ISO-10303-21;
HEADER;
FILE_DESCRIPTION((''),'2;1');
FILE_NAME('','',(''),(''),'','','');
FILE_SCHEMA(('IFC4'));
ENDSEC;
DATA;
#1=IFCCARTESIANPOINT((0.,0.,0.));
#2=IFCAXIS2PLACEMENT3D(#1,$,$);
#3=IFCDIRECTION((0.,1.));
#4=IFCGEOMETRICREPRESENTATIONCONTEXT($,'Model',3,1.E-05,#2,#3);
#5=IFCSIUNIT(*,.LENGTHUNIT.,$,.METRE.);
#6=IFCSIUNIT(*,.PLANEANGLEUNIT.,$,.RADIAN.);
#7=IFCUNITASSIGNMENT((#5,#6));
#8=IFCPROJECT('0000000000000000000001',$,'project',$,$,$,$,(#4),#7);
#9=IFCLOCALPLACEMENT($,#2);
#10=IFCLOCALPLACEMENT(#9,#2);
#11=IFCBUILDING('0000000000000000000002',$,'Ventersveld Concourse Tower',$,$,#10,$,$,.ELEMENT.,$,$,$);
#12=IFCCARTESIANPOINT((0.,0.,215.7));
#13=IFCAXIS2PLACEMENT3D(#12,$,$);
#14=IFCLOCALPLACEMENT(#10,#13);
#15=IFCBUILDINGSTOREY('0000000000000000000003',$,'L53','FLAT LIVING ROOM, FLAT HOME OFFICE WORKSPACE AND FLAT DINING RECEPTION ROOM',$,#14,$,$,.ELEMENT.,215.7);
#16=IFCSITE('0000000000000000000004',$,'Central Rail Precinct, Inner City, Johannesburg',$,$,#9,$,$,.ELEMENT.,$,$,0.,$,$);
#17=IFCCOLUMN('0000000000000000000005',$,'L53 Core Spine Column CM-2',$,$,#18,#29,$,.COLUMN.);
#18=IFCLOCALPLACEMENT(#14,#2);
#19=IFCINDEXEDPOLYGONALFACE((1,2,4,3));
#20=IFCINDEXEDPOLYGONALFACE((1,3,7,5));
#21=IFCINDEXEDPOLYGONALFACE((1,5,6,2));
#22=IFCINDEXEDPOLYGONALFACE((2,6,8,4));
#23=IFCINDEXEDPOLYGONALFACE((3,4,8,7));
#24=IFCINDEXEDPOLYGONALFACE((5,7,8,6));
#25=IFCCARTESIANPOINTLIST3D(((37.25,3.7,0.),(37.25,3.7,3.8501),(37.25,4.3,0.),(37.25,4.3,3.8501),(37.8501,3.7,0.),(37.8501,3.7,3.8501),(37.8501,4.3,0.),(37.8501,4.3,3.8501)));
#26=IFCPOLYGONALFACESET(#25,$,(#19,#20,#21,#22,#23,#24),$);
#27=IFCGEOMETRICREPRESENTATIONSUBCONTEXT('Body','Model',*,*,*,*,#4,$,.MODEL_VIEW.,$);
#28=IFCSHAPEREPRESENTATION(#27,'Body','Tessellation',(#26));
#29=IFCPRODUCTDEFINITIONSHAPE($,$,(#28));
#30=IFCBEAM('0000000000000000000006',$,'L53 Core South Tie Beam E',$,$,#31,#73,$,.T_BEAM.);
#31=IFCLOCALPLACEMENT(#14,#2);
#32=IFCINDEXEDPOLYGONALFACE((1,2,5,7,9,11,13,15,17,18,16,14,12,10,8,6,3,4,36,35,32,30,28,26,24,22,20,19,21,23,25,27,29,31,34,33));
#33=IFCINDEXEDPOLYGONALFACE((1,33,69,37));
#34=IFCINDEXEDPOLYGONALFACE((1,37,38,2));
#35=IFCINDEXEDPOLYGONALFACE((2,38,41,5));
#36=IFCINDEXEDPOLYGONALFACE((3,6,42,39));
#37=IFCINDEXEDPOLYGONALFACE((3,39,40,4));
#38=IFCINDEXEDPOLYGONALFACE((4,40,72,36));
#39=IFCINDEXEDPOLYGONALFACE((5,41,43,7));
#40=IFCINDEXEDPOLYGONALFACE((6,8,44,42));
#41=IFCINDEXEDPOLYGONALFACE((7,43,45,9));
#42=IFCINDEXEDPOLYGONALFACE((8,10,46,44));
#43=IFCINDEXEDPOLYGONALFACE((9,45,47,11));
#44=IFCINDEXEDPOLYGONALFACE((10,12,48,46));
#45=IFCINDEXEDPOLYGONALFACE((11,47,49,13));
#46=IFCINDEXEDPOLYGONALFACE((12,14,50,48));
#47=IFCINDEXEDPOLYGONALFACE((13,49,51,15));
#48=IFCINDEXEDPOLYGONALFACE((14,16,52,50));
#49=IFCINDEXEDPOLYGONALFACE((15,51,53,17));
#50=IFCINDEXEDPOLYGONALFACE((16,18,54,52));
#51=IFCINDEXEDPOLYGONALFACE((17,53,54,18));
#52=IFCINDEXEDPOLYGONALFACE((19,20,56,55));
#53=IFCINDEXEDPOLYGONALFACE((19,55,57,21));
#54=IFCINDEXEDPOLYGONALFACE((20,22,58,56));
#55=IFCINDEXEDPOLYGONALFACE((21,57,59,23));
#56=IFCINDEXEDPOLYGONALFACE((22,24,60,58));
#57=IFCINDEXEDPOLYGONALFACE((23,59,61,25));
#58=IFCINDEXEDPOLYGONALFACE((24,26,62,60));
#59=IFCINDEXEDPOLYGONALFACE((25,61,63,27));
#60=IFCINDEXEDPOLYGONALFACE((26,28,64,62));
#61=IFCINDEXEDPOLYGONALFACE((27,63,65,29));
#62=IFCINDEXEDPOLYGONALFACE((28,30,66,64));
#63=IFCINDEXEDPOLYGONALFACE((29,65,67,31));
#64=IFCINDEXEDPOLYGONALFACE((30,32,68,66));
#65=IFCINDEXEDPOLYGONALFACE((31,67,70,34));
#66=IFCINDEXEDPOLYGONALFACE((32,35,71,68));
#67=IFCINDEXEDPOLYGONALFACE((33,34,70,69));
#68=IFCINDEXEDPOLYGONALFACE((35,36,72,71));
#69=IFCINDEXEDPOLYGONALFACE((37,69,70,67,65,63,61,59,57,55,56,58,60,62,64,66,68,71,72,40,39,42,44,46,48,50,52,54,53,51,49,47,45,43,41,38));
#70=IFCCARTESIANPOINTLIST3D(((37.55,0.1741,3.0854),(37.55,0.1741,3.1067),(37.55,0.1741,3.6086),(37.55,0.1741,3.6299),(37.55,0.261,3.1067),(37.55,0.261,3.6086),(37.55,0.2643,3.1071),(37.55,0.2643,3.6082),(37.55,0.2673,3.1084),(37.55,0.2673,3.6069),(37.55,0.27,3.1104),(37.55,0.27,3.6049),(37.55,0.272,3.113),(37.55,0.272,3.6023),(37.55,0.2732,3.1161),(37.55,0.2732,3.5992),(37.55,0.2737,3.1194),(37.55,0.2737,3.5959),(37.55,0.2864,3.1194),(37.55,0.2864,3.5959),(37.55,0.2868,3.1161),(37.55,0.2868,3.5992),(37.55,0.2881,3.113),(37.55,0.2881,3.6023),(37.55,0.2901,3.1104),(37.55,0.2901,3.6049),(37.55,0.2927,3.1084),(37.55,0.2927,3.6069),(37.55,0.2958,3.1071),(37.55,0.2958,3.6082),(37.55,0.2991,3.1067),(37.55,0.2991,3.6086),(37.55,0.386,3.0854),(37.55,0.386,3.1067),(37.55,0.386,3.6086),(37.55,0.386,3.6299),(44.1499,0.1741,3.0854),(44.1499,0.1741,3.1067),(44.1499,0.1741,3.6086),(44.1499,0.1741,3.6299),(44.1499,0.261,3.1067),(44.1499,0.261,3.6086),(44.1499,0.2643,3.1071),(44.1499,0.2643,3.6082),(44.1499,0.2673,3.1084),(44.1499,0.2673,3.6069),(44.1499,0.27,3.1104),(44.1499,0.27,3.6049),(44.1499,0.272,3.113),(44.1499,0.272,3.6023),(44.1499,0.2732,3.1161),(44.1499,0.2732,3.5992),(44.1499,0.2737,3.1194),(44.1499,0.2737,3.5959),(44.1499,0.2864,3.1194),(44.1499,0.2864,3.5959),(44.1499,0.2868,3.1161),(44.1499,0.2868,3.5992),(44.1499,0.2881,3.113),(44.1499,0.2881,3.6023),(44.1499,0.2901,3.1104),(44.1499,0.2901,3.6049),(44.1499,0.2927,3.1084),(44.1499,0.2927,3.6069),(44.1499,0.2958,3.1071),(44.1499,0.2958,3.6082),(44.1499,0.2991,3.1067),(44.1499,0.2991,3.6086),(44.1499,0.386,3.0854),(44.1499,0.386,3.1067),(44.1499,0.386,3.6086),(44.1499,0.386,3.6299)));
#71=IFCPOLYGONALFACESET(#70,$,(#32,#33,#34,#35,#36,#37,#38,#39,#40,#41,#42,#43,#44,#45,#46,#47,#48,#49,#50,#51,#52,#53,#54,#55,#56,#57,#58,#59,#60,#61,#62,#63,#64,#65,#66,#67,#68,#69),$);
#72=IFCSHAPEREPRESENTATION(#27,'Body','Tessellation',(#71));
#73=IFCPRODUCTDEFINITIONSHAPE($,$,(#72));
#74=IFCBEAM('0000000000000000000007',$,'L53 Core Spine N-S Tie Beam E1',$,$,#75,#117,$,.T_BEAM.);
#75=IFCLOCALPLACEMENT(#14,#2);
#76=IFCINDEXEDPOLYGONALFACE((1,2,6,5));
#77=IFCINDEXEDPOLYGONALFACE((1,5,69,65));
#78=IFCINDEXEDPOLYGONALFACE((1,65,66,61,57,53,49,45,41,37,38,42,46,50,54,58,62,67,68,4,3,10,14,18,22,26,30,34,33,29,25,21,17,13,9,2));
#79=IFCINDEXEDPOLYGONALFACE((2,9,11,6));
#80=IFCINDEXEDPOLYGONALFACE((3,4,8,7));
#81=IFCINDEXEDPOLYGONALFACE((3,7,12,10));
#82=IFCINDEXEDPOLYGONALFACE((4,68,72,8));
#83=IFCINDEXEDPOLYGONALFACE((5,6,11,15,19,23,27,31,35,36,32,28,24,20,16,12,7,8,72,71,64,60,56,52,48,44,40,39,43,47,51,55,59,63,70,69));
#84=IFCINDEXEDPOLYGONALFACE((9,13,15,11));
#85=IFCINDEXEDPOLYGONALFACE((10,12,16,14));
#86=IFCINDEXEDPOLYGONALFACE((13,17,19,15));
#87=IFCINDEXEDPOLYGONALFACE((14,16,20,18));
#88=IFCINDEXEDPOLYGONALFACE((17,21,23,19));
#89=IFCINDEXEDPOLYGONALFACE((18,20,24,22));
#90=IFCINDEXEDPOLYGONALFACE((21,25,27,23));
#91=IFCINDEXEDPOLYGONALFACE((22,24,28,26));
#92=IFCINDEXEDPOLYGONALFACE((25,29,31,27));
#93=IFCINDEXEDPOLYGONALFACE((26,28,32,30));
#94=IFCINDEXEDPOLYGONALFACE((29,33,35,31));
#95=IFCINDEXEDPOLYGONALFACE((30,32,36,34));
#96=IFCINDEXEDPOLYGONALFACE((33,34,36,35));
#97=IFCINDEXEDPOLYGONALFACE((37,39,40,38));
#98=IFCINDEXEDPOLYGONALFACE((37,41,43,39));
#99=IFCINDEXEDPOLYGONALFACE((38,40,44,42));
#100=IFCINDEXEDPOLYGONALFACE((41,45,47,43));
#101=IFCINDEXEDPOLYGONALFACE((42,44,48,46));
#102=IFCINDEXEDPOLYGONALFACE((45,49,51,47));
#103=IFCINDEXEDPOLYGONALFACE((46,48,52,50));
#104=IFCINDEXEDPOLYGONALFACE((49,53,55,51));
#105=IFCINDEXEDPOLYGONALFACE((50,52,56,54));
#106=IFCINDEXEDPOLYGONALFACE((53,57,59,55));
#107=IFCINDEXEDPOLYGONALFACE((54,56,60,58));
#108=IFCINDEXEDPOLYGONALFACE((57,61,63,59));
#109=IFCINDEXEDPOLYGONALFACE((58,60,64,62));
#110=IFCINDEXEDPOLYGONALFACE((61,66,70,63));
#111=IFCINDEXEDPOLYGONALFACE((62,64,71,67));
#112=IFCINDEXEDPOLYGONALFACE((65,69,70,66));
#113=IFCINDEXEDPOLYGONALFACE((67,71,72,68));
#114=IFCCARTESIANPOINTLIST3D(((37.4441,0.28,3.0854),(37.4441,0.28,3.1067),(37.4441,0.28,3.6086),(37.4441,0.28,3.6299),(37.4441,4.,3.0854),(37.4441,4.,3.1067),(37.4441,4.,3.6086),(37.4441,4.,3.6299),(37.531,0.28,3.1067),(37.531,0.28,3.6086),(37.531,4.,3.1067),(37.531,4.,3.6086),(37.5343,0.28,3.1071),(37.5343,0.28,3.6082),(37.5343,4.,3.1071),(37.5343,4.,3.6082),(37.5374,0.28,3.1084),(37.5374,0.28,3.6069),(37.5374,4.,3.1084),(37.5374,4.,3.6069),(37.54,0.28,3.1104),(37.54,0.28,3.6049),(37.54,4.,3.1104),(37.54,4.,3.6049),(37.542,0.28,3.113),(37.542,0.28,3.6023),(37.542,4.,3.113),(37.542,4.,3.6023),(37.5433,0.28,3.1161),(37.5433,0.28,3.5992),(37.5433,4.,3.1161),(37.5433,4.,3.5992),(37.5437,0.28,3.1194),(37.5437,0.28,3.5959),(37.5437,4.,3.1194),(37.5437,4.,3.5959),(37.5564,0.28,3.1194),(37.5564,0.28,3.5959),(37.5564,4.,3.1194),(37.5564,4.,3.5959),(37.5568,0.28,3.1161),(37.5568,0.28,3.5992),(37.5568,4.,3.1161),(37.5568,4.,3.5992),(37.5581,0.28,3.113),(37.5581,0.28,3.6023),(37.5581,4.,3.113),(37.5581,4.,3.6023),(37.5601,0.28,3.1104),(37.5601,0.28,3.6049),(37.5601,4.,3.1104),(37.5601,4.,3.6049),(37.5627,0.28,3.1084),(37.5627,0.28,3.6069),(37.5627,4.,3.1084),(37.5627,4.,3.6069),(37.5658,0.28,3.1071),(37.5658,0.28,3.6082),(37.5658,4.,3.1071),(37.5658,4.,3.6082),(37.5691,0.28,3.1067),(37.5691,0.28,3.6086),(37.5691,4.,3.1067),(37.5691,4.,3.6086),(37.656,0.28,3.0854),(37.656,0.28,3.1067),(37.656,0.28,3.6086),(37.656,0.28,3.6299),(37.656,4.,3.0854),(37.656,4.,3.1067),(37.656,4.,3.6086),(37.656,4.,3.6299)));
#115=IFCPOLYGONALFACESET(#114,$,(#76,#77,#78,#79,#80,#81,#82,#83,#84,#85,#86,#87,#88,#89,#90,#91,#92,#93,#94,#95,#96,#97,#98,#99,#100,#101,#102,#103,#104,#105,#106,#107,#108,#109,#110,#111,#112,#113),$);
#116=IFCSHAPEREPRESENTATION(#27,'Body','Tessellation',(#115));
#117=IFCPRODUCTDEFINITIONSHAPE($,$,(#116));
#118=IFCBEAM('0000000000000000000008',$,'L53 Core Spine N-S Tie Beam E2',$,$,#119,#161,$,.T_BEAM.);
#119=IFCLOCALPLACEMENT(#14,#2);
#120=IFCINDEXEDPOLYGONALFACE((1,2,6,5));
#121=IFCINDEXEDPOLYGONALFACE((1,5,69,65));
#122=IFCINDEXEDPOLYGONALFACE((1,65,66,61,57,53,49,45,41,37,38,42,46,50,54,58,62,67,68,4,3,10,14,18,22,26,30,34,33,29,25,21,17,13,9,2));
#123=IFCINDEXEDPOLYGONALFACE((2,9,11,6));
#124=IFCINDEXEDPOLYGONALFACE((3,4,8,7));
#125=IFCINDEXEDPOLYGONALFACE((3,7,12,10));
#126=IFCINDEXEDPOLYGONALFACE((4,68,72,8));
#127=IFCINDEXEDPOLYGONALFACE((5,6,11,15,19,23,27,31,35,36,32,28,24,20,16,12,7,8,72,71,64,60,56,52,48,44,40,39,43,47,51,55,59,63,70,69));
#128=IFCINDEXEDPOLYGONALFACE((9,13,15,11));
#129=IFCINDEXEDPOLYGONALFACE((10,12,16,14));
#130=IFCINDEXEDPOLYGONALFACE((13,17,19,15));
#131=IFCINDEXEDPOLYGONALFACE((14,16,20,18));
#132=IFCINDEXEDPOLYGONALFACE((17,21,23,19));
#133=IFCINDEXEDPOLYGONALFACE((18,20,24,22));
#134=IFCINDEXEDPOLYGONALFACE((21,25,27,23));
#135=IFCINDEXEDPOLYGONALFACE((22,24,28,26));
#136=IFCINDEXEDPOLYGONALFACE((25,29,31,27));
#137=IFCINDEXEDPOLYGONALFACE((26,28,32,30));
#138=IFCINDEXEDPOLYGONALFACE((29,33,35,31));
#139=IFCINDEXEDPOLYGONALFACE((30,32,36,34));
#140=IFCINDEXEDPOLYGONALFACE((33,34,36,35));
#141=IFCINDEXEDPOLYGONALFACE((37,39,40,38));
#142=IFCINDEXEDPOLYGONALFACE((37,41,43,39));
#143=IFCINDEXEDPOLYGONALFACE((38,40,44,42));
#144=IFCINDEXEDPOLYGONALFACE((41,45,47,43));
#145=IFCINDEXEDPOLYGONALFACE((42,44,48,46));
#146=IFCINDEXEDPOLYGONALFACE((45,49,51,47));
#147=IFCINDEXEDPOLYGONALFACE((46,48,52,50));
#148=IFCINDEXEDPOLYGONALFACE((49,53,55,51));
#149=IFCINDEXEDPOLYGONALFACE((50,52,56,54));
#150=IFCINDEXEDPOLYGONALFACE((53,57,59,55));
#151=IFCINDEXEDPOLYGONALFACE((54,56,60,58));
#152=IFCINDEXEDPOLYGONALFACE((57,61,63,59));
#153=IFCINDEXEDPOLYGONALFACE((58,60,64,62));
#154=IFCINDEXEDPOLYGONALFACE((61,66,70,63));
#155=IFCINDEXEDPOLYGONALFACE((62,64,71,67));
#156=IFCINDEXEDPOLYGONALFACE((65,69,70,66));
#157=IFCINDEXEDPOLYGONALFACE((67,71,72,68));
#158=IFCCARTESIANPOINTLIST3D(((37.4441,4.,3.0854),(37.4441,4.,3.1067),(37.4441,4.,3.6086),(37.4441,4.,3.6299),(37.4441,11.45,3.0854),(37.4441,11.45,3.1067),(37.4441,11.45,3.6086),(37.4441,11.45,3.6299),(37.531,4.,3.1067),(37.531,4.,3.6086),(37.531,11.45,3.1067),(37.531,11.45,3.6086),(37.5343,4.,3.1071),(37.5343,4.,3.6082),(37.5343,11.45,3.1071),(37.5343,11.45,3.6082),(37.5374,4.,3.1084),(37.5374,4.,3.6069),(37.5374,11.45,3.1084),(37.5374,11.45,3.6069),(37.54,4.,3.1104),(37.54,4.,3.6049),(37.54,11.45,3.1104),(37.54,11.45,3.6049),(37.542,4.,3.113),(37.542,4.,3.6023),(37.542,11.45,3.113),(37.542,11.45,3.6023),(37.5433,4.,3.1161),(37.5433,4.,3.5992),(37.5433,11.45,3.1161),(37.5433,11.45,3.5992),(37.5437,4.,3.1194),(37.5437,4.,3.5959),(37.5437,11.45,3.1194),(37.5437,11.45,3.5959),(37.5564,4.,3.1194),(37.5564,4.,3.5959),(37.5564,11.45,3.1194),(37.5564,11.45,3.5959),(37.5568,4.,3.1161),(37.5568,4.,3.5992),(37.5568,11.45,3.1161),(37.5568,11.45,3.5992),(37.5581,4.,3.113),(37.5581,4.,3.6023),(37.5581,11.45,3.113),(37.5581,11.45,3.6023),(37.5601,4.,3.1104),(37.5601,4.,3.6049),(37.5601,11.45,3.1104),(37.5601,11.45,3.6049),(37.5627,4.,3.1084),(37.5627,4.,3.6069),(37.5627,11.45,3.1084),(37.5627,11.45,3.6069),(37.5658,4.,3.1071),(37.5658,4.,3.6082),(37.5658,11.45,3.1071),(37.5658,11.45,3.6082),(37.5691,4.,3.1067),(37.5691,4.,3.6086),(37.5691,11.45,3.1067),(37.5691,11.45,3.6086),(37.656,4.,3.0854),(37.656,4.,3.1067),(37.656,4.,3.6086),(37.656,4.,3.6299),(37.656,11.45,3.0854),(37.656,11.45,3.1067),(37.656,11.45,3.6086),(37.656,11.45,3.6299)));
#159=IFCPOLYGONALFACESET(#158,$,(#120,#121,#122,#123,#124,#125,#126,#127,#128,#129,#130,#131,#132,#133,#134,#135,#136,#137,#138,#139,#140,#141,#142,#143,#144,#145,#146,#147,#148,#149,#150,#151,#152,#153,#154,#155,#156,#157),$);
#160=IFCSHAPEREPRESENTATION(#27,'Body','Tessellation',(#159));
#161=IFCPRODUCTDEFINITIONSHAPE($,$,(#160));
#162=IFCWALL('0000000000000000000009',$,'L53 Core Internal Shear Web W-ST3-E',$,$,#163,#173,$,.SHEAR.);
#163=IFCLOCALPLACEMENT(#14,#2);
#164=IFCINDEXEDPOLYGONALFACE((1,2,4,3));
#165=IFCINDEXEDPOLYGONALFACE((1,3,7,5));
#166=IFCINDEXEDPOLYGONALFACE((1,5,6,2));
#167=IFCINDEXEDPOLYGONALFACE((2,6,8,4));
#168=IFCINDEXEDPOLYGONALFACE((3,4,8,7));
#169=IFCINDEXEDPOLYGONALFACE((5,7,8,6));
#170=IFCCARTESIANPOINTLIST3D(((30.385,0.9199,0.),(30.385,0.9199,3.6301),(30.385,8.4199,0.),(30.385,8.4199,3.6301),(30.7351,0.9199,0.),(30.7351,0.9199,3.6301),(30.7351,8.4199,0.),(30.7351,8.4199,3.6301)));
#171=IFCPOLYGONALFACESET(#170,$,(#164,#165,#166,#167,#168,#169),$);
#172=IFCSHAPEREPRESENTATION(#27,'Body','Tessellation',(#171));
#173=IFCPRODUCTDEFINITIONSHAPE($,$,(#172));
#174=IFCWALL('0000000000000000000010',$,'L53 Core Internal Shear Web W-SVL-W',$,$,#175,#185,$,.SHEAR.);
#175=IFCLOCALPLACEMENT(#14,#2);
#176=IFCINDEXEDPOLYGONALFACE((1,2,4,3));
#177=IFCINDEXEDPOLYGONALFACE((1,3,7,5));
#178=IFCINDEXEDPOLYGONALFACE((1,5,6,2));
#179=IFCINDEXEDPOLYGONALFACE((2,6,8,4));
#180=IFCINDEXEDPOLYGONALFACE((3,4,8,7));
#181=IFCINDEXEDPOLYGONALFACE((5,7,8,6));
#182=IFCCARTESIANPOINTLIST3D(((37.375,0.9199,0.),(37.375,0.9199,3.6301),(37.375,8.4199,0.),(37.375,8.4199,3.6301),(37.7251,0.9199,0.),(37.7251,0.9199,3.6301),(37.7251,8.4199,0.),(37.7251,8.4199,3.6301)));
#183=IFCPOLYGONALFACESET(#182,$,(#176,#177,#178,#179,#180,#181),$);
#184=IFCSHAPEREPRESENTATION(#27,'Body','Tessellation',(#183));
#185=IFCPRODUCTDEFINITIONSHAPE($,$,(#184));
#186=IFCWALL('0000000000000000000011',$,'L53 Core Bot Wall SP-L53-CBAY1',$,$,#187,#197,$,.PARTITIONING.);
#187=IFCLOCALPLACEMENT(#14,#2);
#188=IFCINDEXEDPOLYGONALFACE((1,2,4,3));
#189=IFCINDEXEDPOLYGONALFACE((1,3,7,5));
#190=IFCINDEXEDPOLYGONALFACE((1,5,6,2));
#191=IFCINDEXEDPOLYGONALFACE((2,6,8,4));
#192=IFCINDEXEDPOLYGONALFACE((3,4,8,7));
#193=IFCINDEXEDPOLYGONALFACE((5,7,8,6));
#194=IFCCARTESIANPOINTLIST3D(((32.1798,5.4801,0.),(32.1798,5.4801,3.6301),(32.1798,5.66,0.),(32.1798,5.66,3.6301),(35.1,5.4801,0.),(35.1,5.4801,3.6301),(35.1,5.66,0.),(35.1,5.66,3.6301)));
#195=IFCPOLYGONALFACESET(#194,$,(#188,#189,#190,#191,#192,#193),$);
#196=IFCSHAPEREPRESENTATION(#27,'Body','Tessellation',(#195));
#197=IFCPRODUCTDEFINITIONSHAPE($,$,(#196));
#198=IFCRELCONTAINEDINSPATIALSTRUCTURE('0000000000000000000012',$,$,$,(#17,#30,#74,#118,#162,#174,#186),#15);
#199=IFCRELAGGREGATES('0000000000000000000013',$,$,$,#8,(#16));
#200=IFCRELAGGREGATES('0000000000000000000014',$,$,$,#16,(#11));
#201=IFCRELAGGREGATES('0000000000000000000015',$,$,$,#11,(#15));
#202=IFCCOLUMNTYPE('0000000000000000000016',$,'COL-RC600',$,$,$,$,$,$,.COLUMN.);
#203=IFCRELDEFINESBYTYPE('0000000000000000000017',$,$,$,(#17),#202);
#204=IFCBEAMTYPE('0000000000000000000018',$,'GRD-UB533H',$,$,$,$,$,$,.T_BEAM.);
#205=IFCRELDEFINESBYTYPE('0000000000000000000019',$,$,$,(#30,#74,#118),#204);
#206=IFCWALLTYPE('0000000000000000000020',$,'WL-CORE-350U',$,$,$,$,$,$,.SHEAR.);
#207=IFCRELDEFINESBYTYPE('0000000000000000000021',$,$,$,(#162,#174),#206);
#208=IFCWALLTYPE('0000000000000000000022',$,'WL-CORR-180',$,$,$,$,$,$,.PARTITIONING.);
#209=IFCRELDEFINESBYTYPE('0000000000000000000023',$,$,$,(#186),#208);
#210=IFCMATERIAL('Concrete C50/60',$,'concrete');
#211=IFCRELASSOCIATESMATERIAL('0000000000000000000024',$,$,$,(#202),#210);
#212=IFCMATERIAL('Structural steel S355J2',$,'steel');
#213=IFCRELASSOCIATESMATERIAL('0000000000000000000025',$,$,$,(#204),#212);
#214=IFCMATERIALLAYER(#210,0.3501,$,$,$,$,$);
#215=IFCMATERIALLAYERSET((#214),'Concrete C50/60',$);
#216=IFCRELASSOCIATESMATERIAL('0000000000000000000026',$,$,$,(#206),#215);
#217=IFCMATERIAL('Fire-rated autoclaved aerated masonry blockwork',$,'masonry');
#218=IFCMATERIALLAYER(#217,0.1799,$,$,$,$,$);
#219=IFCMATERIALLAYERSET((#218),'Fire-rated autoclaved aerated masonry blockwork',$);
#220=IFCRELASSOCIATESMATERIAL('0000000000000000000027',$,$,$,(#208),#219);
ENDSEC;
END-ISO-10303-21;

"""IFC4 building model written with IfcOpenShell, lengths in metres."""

from ifc_helpers import new_model, si_unit, direction, frame, frame_2d, origin, origin_2d, place, context, subcontext, project, spatial, rectangle, i_section, extrude, material, layer, layer_set, material_profile, profile_set, type_object, element, save


model = new_model("IFC4")

# Units and contexts
model_context = context("Model", 3, precision=1e-05, world=origin(), true_north=direction((0.0, 1.0)))
body_context = subcontext(model_context, "Body", "Model", "MODEL_VIEW")
ifc_project = project(units=[si_unit("LENGTHUNIT", "METRE"), si_unit("PLANEANGLEUNIT", "RADIAN")], contexts=[model_context])

# Site, building, storey
site_placement = place(None, origin())
site = spatial("IfcSite", under=ifc_project, at=site_placement, Name="Central Rail Precinct, Inner City, Johannesburg", CompositionType="ELEMENT", RefElevation=0.0)
building_placement = place(site_placement, origin())
building = spatial("IfcBuilding", under=site, at=building_placement, Name="Ventersveld Concourse Tower", CompositionType="ELEMENT")
storey_placement = place(building_placement, frame((0.0, 0.0, 215.7)))
storey = spatial("IfcBuildingStorey", under=building, at=storey_placement, Name="L53", Description="FLAT LIVING ROOM, FLAT HOME OFFICE WORKSPACE AND FLAT DINING RECEPTION ROOM", CompositionType="ELEMENT", Elevation=215.7)

# Column
ifc_material_1 = material(Name="Concrete C50/60", Category="concrete")
ifc_material_profile_1 = material_profile(ifc_material_1, rectangle(XDim=0.6001, YDim=0.6001, at=origin_2d()), Name="RC 600x600")
ifc_profile_set_1 = profile_set([ifc_material_profile_1], Name="Concrete C50/60")
column_type = type_object("IfcColumnType", Name="COL-RC600", PredefinedType="COLUMN", material=ifc_profile_set_1)
column_placement = place(storey_placement, frame((37.55, 4.0, 0.0), z_axis=(0.0, 0.0, 1.0), x_axis=(1.0, 0.0, 0.0)))
element("IfcColumn", 1, at=column_placement, inside=storey, type_object=column_type, Name="L53 Core Spine Column CM-2", PredefinedType="COLUMN", context=body_context, shape_type="SweptSolid", body=[
    extrude(rectangle(XDim=0.6001, YDim=0.6001, at=origin_2d()), origin(), (0.0, 0.0, 1.0), 3.8501),
])

# Beams
ifc_material_2 = material(Name="Structural steel S355J2", Category="steel")
ifc_material_profile_2 = material_profile(ifc_material_2, i_section(OverallWidth=0.2119, OverallDepth=0.5444, WebThickness=0.0127, FlangeThickness=0.0212, FilletRadius=0.0127, at=origin_2d()), Name="UB 533x210x122")
ifc_profile_set_2 = profile_set([ifc_material_profile_2], Name="Structural steel S355J2")
beam_type = type_object("IfcBeamType", Name="GRD-UB533H", PredefinedType="T_BEAM", material=ifc_profile_set_2)
beam_1_placement = place(storey_placement, frame((37.55, 0.28, 3.3577), z_axis=(1.0, 0.0, 0.0), x_axis=(0.0, 1.0, 0.0)))
element("IfcBeam", 2, at=beam_1_placement, inside=storey, type_object=beam_type, Name="L53 Core South Tie Beam E", PredefinedType="T_BEAM", context=body_context, shape_type="SweptSolid", body=[
    extrude(i_section(OverallWidth=0.2119, OverallDepth=0.5444, WebThickness=0.0127, FlangeThickness=0.0212, FilletRadius=0.0127, at=origin_2d()), origin(), (0.0, 0.0, 1.0), 6.5999),
])
beam_2_placement = place(storey_placement, frame((37.55, 0.28, 3.3577), z_axis=(0.0, 1.0, 0.0), x_axis=(-1.0, 0.0, 0.0)))
element("IfcBeam", 3, at=beam_2_placement, inside=storey, type_object=beam_type, Name="L53 Core Spine N-S Tie Beam E1", PredefinedType="T_BEAM", context=body_context, shape_type="SweptSolid", body=[
    extrude(i_section(OverallWidth=0.2119, OverallDepth=0.5444, WebThickness=0.0127, FlangeThickness=0.0212, FilletRadius=0.0127, at=origin_2d()), origin(), (0.0, 0.0, 1.0), 3.72),
])
beam_3_placement = place(storey_placement, frame((37.55, 4.0, 3.3577), z_axis=(0.0, 1.0, 0.0), x_axis=(-1.0, 0.0, 0.0)))
element("IfcBeam", 4, at=beam_3_placement, inside=storey, type_object=beam_type, Name="L53 Core Spine N-S Tie Beam E2", PredefinedType="T_BEAM", context=body_context, shape_type="SweptSolid", body=[
    extrude(i_section(OverallWidth=0.2119, OverallDepth=0.5444, WebThickness=0.0127, FlangeThickness=0.0212, FilletRadius=0.0127, at=origin_2d()), origin(), (0.0, 0.0, 1.0), 7.45),
])

# Walls
ifc_layer_1 = layer(ifc_material_1, 0.3501)
ifc_layer_set_1 = layer_set([ifc_layer_1], Name="Concrete C50/60")
wall_type_1 = type_object("IfcWallType", Name="WL-CORE-350U", PredefinedType="SHEAR", material=ifc_layer_set_1)
for number, where, z_axis, x_axis, name in (
    (5, (30.5601, 0.9199, 0.0), (0.0, 0.0, 1.0), (0.0, 1.0, 0.0), "L53 Core Internal Shear Web W-ST3-E"),
    (6, (37.55, 0.9199, 0.0), (0.0, 0.0, 1.0), (0.0, 1.0, 0.0), "L53 Core Internal Shear Web W-SVL-W"),
):
    element("IfcWall", number, at=place(storey_placement, frame(where, z_axis=z_axis, x_axis=x_axis)), inside=storey, type_object=wall_type_1, Name=name, PredefinedType="SHEAR", context=body_context, shape_type="SweptSolid", body=[
        extrude(rectangle(XDim=7.5, YDim=0.3501, at=frame_2d((3.75, 0.0))), origin(), (0.0, 0.0, 1.0), 3.6301),
    ])
ifc_material_3 = material(Name="Fire-rated autoclaved aerated masonry blockwork", Category="masonry")
ifc_layer_2 = layer(ifc_material_3, 0.1799)
ifc_layer_set_2 = layer_set([ifc_layer_2], Name="Fire-rated autoclaved aerated masonry blockwork")
wall_type_2 = type_object("IfcWallType", Name="WL-CORR-180", PredefinedType="PARTITIONING", material=ifc_layer_set_2)
wall_1_placement = place(storey_placement, frame((32.1799, 5.5701, 0.0), z_axis=(0.0, 0.0, 1.0), x_axis=(1.0, 0.0, 0.0)))
element("IfcWall", 7, at=wall_1_placement, inside=storey, type_object=wall_type_2, Name="L53 Core Bot Wall SP-L53-CBAY1", PredefinedType="PARTITIONING", context=body_context, shape_type="SweptSolid", body=[
    extrude(rectangle(XDim=2.9202, YDim=0.1799, at=frame_2d((1.46, 0.0))), origin(), (0.0, 0.0, 1.0), 3.6301),
])

save(model, "model.ifc")
